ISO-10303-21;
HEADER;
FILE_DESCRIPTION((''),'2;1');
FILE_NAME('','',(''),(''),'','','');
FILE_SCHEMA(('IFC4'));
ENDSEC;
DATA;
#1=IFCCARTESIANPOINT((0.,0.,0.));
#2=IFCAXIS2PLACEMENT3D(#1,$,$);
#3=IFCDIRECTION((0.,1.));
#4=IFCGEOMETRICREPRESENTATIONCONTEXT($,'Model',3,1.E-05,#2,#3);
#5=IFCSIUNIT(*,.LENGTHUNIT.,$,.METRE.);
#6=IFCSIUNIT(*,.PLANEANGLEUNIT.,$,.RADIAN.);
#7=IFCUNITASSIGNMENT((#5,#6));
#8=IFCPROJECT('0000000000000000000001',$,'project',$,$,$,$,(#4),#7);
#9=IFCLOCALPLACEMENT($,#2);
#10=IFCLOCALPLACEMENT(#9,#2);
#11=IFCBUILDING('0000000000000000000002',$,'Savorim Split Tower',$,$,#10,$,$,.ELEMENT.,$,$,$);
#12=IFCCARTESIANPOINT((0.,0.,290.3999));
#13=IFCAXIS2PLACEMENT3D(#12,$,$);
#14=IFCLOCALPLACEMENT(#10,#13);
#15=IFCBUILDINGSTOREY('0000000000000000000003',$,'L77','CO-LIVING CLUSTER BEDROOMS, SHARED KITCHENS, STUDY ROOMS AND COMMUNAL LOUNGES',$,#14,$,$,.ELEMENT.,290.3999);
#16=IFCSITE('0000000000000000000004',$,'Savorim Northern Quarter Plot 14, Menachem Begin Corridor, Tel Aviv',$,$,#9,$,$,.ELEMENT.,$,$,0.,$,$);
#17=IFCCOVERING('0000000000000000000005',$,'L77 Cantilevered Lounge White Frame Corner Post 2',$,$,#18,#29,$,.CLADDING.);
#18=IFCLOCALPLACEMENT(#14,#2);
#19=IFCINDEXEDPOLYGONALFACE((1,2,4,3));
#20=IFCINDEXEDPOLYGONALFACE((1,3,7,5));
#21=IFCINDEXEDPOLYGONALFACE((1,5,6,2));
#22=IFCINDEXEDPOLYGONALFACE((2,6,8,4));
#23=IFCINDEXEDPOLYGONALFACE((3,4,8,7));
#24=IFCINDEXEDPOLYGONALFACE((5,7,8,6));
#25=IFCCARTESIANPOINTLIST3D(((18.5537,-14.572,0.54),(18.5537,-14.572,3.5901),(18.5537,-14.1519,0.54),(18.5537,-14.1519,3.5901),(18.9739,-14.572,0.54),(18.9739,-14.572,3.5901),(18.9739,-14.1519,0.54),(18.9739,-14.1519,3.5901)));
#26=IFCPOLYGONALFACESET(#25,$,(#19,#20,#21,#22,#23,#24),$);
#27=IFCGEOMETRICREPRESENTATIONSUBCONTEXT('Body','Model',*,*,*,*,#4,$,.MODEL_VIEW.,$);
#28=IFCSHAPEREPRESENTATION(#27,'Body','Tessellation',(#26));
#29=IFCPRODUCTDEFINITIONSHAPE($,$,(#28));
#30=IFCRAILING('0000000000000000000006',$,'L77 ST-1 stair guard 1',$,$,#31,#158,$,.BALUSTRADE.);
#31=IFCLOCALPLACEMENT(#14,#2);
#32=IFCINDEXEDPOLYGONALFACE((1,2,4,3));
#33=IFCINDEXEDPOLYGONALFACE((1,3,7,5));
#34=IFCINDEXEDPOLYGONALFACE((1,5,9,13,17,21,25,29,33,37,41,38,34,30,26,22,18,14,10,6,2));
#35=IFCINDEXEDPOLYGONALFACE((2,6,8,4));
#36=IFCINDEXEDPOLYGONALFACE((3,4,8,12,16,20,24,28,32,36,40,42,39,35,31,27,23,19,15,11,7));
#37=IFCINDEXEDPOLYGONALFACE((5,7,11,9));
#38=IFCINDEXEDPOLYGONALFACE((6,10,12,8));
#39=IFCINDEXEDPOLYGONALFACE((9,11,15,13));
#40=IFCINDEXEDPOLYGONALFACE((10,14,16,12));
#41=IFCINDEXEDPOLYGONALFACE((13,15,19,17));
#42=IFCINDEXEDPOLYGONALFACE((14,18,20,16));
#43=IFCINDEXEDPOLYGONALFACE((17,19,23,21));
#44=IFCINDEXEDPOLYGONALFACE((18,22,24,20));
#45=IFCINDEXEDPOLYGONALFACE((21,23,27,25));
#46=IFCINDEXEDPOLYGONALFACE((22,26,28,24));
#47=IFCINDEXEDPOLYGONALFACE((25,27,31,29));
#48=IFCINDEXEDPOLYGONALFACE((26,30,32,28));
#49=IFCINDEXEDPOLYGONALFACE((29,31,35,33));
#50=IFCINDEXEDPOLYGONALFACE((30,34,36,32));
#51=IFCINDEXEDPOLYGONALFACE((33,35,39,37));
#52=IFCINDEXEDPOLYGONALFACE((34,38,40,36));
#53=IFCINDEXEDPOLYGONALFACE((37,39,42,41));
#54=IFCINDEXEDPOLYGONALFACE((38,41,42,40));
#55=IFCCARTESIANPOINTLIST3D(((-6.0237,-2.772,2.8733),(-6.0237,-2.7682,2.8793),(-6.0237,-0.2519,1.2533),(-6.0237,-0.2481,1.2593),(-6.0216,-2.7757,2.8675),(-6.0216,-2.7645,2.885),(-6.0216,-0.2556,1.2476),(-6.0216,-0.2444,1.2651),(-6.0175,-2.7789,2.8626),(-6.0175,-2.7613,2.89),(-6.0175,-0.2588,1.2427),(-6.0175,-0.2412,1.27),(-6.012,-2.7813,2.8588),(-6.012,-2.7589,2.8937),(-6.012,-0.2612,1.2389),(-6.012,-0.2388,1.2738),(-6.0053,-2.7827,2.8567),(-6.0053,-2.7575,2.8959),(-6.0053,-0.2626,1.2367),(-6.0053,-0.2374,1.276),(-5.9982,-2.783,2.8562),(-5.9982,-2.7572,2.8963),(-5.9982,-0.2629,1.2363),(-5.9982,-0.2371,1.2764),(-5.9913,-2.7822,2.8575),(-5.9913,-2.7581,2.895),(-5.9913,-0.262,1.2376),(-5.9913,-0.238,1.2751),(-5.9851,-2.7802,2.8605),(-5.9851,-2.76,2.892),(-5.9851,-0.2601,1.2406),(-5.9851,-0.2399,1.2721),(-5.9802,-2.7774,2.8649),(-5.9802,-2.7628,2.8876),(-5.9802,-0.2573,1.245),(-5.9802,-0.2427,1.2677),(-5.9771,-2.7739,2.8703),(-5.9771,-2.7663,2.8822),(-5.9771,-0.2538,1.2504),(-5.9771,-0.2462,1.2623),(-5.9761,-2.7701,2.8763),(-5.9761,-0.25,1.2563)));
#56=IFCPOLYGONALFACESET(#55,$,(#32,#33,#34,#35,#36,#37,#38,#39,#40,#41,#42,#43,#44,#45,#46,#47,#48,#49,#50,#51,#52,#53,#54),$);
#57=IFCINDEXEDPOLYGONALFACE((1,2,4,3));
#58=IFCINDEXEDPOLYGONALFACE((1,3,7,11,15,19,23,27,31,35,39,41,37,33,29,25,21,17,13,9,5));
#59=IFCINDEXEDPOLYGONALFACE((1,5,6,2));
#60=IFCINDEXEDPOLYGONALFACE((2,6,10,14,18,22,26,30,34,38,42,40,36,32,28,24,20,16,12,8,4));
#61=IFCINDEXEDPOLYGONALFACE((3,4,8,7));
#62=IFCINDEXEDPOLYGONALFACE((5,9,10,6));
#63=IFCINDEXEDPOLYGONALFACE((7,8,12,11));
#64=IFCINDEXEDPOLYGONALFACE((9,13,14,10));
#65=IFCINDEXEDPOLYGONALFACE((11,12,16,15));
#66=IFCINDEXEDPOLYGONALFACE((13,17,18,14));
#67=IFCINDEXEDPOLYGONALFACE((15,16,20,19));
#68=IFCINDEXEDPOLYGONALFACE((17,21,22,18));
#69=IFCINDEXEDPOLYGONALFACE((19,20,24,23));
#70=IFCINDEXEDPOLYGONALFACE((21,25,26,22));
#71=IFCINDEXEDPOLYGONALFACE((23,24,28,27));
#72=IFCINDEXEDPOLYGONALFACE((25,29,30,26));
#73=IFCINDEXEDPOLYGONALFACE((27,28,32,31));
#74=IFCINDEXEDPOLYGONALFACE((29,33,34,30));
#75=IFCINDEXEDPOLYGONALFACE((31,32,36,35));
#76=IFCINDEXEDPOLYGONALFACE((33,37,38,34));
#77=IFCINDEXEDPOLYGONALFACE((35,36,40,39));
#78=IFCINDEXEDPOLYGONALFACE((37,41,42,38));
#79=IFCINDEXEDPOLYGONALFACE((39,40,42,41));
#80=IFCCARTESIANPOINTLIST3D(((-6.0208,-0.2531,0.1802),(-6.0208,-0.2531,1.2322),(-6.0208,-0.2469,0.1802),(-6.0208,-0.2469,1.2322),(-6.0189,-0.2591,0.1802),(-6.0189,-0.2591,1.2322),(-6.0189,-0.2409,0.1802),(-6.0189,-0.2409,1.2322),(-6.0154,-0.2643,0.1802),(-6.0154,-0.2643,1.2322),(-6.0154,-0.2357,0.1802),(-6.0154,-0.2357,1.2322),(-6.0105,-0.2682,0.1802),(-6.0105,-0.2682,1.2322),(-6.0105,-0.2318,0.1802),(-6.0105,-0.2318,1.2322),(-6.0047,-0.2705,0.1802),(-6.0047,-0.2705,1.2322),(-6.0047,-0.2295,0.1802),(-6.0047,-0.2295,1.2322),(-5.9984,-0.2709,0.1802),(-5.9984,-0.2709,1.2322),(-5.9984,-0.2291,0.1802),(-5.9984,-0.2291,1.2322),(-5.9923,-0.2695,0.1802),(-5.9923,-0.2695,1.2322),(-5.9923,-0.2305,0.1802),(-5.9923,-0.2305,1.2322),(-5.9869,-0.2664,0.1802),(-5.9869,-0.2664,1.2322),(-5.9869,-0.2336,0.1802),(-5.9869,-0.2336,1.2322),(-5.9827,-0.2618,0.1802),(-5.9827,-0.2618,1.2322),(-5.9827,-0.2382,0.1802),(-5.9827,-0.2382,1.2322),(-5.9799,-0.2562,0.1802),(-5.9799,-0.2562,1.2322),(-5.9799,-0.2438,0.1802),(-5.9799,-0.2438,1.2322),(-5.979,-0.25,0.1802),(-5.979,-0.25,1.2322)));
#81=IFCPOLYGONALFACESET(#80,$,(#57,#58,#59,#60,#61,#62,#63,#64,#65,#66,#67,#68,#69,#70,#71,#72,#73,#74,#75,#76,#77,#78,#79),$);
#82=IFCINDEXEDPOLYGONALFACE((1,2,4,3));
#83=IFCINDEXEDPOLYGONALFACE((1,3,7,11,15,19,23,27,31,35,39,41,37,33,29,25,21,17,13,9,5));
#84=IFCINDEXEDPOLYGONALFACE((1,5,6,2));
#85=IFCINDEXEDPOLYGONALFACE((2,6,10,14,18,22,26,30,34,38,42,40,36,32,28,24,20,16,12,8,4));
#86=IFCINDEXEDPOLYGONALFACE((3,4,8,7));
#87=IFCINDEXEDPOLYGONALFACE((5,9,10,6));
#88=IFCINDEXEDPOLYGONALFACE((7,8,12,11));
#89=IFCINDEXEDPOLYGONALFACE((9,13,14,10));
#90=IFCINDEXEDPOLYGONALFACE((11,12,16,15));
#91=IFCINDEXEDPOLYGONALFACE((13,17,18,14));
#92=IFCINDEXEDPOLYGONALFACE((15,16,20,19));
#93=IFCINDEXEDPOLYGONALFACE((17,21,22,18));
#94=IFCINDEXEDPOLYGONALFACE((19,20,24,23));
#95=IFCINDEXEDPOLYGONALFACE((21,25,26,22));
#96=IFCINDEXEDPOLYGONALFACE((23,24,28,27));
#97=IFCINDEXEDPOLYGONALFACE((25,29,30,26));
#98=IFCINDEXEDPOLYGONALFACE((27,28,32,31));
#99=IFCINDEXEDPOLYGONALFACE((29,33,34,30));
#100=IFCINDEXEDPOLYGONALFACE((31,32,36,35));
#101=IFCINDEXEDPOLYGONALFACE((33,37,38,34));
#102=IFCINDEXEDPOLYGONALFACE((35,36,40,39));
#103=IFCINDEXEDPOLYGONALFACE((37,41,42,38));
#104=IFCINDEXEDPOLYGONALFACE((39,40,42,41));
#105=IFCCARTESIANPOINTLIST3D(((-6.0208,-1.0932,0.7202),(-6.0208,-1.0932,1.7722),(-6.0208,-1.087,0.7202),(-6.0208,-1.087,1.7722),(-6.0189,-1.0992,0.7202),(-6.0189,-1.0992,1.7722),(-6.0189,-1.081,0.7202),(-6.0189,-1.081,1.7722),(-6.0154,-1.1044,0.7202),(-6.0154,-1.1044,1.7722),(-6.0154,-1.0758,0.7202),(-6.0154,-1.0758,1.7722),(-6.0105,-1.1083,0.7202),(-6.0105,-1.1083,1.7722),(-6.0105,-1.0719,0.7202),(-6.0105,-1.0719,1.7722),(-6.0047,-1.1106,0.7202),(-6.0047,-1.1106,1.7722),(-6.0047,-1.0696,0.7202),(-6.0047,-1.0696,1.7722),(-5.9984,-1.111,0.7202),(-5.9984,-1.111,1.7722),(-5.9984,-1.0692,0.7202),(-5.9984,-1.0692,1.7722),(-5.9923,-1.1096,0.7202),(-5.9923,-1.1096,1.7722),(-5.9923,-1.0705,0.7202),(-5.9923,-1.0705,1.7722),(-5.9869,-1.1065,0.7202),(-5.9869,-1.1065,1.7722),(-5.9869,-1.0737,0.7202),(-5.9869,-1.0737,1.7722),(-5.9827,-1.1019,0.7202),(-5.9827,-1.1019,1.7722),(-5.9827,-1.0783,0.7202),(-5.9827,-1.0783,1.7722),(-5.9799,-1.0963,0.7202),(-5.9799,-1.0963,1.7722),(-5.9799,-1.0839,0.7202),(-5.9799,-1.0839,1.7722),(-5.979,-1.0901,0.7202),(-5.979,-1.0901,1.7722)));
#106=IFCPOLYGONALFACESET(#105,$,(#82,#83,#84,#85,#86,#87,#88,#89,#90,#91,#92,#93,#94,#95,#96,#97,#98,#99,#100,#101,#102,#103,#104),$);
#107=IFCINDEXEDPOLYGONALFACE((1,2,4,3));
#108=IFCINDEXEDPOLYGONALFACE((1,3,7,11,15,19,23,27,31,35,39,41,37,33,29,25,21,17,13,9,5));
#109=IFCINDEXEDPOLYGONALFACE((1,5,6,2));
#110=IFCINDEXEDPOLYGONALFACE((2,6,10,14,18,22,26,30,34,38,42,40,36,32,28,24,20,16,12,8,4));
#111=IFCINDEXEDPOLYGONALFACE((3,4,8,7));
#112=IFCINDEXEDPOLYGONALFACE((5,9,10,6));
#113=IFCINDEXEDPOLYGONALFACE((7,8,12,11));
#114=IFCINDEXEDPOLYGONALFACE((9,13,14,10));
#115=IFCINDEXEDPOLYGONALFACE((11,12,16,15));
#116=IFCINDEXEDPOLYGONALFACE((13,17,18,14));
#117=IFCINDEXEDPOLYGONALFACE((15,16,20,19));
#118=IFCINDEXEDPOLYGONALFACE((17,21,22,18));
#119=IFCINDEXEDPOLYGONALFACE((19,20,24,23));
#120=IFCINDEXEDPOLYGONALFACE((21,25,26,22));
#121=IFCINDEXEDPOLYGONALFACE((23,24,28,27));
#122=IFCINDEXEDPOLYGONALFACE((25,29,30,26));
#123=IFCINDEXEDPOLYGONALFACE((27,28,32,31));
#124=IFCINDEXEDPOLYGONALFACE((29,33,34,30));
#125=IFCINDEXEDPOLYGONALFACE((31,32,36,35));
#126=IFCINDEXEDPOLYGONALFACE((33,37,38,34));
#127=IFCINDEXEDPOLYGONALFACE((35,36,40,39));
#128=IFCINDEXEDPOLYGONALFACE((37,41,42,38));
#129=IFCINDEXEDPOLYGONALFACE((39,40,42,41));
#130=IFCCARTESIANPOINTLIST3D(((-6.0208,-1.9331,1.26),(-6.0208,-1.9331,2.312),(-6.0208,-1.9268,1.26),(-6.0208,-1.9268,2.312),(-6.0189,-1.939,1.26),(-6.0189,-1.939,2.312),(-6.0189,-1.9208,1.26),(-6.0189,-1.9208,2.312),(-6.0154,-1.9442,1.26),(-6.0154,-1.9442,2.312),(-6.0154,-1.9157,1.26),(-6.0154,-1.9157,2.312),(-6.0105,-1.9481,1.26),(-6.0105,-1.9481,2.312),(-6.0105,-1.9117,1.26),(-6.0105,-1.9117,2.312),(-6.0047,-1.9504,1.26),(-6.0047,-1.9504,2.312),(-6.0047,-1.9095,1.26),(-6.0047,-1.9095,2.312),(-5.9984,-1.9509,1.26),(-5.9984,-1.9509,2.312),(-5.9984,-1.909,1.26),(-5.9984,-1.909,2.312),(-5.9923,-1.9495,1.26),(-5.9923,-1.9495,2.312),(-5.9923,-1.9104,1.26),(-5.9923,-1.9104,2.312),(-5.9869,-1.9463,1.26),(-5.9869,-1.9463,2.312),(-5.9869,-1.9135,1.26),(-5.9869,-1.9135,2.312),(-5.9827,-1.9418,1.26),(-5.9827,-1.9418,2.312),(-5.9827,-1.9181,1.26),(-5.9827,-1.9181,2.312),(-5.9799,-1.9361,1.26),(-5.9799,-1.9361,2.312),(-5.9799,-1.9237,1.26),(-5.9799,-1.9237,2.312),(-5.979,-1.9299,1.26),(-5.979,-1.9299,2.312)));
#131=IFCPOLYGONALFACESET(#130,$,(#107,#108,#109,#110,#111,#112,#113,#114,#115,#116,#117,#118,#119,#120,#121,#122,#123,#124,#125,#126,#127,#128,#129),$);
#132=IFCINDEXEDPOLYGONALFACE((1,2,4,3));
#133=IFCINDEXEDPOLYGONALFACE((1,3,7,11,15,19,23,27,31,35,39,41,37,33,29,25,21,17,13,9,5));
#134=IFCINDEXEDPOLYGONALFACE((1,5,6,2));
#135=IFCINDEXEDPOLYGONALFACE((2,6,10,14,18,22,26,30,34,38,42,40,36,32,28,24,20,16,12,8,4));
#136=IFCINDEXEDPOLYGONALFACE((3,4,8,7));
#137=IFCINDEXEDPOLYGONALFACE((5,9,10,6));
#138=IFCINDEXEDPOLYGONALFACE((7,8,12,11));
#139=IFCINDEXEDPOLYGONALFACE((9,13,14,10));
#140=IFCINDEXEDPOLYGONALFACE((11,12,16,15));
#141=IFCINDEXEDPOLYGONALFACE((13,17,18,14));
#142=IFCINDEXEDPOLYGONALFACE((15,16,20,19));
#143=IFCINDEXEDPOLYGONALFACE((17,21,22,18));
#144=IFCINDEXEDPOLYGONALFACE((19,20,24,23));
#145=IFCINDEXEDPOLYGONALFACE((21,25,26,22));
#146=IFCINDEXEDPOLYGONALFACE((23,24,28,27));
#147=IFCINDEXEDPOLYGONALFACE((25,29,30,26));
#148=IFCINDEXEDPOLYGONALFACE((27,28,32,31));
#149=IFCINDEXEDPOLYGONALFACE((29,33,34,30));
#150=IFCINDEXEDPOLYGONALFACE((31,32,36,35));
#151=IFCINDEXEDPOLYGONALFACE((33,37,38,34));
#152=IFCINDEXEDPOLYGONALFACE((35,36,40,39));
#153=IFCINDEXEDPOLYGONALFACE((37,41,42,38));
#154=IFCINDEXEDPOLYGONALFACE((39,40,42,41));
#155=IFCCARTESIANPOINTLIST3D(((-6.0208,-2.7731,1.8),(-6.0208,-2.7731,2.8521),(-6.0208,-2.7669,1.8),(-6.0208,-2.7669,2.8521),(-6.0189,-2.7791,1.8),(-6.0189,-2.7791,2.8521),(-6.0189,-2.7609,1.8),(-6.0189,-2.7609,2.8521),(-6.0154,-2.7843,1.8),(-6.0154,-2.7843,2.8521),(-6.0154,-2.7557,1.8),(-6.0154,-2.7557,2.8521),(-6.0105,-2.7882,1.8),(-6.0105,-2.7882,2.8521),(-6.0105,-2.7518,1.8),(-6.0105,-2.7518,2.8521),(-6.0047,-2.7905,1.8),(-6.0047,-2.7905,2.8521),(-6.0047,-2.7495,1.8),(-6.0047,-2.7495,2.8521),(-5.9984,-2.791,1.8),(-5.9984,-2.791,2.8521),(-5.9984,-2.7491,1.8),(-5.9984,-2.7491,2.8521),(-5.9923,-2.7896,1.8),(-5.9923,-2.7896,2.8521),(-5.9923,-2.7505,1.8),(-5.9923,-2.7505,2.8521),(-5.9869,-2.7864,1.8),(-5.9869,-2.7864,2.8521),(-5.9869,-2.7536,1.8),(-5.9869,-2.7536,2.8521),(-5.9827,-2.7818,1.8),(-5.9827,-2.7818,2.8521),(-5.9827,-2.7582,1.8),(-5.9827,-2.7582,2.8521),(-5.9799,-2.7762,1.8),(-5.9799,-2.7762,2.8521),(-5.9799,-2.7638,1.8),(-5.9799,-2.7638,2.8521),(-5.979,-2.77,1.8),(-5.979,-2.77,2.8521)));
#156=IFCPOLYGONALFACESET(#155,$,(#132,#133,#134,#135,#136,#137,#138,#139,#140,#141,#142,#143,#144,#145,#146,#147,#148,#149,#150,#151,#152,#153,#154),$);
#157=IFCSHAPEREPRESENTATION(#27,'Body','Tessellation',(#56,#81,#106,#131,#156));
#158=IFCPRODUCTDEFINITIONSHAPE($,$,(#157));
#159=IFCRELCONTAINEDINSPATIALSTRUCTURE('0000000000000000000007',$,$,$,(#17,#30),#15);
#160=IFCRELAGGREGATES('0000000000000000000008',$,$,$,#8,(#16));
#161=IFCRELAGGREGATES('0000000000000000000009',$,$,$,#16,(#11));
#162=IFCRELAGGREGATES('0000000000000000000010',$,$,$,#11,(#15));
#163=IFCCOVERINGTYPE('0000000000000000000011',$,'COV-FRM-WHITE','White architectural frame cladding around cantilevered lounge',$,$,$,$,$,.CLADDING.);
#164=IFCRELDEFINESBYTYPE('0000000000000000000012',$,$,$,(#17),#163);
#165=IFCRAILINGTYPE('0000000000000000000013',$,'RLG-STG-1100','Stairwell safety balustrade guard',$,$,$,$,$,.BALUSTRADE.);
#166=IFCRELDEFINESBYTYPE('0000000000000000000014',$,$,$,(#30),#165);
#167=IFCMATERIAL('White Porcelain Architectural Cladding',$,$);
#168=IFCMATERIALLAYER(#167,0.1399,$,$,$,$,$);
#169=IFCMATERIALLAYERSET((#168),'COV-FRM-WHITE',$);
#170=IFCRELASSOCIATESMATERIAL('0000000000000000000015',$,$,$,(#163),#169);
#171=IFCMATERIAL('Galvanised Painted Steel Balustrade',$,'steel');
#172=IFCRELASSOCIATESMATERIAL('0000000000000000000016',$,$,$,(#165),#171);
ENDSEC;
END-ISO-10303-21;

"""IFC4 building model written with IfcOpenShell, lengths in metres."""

from ifc_helpers import new_model, si_unit, direction, frame, origin, origin_2d, place, context, subcontext, project, spatial, polyline, circle, outline, extrude, material, layer, layer_set, type_object, element, save


model = new_model("IFC4")

# Units and contexts
model_context = context("Model", 3, precision=1e-05, world=origin(), true_north=direction((0.0, 1.0)))
body_context = subcontext(model_context, "Body", "Model", "MODEL_VIEW")
ifc_project = project(units=[si_unit("LENGTHUNIT", "METRE"), si_unit("PLANEANGLEUNIT", "RADIAN")], contexts=[model_context])

# Site, building, storey
site_placement = place(None, origin())
site = spatial("IfcSite", under=ifc_project, at=site_placement, Name="Savorim Northern Quarter Plot 14, Menachem Begin Corridor, Tel Aviv", CompositionType="ELEMENT", RefElevation=0.0)
building_placement = place(site_placement, origin())
building = spatial("IfcBuilding", under=site, at=building_placement, Name="Savorim Split Tower", CompositionType="ELEMENT")
storey_placement = place(building_placement, frame((0.0, 0.0, 290.3999)))
storey = spatial("IfcBuildingStorey", under=building, at=storey_placement, Name="L77", Description="CO-LIVING CLUSTER BEDROOMS, SHARED KITCHENS, STUDY ROOMS AND COMMUNAL LOUNGES", CompositionType="ELEMENT", Elevation=290.3999)

# Covering
ifc_material_1 = material(Name="White Porcelain Architectural Cladding")
ifc_layer_1 = layer(ifc_material_1, 0.1399)
ifc_layer_set_1 = layer_set([ifc_layer_1], Name="COV-FRM-WHITE")
covering_type = type_object("IfcCoveringType", Name="COV-FRM-WHITE", Description="White architectural frame cladding around cantilevered lounge", PredefinedType="CLADDING", material=ifc_layer_set_1)
covering_1_placement = place(storey_placement, frame((0.0, 0.0, 0.54)))
element("IfcCovering", 1, at=covering_1_placement, inside=storey, type_object=covering_type, Name="L77 Cantilevered Lounge White Frame Corner Post 2", PredefinedType="CLADDING", context=body_context, shape_type="SweptSolid", body=[
    extrude(outline(polyline([(18.5537, -14.572), (18.9739, -14.572), (18.9739, -14.1519), (18.5537, -14.1519), (18.5537, -14.572)])), origin(), (0.0, 0.0, 1.0), 3.05),
])

# Railing
ifc_material_2 = material(Name="Galvanised Painted Steel Balustrade", Category="steel")
railing_type = type_object("IfcRailingType", Name="RLG-STG-1100", Description="Stairwell safety balustrade guard", PredefinedType="BALUSTRADE", material=ifc_material_2)
railing_1_placement = place(storey_placement, frame((-6.0, -0.25, 0.1802)))
element("IfcRailing", 2, at=railing_1_placement, inside=storey, type_object=railing_type, Name="L77 ST-1 stair guard 1", PredefinedType="BALUSTRADE", context=body_context, shape_type="SweptSolid", body=[
    extrude(circle(Radius=0.0239, at=origin_2d()), frame((0.0, 0.0, 1.0762), z_axis=(0.0, -0.8412, 0.540725), x_axis=(1.0, 0.0, 0.0)), (0.0, 0.0, 1.0), 2.9958),
    extrude(circle(Radius=0.021, at=origin_2d()), origin(), (0.0, 0.0, 1.0), 1.052),
    extrude(circle(Radius=0.021, at=origin_2d()), frame((0.0, -0.8401, 0.54)), (0.0, 0.0, 1.0), 1.052),
    extrude(circle(Radius=0.021, at=origin_2d()), frame((0.0, -1.6799, 1.0798)), (0.0, 0.0, 1.0), 1.052),
    extrude(circle(Radius=0.021, at=origin_2d()), frame((0.0, -2.52, 1.6199)), (0.0, 0.0, 1.0), 1.052),
])

save(model, "model.ifc")
